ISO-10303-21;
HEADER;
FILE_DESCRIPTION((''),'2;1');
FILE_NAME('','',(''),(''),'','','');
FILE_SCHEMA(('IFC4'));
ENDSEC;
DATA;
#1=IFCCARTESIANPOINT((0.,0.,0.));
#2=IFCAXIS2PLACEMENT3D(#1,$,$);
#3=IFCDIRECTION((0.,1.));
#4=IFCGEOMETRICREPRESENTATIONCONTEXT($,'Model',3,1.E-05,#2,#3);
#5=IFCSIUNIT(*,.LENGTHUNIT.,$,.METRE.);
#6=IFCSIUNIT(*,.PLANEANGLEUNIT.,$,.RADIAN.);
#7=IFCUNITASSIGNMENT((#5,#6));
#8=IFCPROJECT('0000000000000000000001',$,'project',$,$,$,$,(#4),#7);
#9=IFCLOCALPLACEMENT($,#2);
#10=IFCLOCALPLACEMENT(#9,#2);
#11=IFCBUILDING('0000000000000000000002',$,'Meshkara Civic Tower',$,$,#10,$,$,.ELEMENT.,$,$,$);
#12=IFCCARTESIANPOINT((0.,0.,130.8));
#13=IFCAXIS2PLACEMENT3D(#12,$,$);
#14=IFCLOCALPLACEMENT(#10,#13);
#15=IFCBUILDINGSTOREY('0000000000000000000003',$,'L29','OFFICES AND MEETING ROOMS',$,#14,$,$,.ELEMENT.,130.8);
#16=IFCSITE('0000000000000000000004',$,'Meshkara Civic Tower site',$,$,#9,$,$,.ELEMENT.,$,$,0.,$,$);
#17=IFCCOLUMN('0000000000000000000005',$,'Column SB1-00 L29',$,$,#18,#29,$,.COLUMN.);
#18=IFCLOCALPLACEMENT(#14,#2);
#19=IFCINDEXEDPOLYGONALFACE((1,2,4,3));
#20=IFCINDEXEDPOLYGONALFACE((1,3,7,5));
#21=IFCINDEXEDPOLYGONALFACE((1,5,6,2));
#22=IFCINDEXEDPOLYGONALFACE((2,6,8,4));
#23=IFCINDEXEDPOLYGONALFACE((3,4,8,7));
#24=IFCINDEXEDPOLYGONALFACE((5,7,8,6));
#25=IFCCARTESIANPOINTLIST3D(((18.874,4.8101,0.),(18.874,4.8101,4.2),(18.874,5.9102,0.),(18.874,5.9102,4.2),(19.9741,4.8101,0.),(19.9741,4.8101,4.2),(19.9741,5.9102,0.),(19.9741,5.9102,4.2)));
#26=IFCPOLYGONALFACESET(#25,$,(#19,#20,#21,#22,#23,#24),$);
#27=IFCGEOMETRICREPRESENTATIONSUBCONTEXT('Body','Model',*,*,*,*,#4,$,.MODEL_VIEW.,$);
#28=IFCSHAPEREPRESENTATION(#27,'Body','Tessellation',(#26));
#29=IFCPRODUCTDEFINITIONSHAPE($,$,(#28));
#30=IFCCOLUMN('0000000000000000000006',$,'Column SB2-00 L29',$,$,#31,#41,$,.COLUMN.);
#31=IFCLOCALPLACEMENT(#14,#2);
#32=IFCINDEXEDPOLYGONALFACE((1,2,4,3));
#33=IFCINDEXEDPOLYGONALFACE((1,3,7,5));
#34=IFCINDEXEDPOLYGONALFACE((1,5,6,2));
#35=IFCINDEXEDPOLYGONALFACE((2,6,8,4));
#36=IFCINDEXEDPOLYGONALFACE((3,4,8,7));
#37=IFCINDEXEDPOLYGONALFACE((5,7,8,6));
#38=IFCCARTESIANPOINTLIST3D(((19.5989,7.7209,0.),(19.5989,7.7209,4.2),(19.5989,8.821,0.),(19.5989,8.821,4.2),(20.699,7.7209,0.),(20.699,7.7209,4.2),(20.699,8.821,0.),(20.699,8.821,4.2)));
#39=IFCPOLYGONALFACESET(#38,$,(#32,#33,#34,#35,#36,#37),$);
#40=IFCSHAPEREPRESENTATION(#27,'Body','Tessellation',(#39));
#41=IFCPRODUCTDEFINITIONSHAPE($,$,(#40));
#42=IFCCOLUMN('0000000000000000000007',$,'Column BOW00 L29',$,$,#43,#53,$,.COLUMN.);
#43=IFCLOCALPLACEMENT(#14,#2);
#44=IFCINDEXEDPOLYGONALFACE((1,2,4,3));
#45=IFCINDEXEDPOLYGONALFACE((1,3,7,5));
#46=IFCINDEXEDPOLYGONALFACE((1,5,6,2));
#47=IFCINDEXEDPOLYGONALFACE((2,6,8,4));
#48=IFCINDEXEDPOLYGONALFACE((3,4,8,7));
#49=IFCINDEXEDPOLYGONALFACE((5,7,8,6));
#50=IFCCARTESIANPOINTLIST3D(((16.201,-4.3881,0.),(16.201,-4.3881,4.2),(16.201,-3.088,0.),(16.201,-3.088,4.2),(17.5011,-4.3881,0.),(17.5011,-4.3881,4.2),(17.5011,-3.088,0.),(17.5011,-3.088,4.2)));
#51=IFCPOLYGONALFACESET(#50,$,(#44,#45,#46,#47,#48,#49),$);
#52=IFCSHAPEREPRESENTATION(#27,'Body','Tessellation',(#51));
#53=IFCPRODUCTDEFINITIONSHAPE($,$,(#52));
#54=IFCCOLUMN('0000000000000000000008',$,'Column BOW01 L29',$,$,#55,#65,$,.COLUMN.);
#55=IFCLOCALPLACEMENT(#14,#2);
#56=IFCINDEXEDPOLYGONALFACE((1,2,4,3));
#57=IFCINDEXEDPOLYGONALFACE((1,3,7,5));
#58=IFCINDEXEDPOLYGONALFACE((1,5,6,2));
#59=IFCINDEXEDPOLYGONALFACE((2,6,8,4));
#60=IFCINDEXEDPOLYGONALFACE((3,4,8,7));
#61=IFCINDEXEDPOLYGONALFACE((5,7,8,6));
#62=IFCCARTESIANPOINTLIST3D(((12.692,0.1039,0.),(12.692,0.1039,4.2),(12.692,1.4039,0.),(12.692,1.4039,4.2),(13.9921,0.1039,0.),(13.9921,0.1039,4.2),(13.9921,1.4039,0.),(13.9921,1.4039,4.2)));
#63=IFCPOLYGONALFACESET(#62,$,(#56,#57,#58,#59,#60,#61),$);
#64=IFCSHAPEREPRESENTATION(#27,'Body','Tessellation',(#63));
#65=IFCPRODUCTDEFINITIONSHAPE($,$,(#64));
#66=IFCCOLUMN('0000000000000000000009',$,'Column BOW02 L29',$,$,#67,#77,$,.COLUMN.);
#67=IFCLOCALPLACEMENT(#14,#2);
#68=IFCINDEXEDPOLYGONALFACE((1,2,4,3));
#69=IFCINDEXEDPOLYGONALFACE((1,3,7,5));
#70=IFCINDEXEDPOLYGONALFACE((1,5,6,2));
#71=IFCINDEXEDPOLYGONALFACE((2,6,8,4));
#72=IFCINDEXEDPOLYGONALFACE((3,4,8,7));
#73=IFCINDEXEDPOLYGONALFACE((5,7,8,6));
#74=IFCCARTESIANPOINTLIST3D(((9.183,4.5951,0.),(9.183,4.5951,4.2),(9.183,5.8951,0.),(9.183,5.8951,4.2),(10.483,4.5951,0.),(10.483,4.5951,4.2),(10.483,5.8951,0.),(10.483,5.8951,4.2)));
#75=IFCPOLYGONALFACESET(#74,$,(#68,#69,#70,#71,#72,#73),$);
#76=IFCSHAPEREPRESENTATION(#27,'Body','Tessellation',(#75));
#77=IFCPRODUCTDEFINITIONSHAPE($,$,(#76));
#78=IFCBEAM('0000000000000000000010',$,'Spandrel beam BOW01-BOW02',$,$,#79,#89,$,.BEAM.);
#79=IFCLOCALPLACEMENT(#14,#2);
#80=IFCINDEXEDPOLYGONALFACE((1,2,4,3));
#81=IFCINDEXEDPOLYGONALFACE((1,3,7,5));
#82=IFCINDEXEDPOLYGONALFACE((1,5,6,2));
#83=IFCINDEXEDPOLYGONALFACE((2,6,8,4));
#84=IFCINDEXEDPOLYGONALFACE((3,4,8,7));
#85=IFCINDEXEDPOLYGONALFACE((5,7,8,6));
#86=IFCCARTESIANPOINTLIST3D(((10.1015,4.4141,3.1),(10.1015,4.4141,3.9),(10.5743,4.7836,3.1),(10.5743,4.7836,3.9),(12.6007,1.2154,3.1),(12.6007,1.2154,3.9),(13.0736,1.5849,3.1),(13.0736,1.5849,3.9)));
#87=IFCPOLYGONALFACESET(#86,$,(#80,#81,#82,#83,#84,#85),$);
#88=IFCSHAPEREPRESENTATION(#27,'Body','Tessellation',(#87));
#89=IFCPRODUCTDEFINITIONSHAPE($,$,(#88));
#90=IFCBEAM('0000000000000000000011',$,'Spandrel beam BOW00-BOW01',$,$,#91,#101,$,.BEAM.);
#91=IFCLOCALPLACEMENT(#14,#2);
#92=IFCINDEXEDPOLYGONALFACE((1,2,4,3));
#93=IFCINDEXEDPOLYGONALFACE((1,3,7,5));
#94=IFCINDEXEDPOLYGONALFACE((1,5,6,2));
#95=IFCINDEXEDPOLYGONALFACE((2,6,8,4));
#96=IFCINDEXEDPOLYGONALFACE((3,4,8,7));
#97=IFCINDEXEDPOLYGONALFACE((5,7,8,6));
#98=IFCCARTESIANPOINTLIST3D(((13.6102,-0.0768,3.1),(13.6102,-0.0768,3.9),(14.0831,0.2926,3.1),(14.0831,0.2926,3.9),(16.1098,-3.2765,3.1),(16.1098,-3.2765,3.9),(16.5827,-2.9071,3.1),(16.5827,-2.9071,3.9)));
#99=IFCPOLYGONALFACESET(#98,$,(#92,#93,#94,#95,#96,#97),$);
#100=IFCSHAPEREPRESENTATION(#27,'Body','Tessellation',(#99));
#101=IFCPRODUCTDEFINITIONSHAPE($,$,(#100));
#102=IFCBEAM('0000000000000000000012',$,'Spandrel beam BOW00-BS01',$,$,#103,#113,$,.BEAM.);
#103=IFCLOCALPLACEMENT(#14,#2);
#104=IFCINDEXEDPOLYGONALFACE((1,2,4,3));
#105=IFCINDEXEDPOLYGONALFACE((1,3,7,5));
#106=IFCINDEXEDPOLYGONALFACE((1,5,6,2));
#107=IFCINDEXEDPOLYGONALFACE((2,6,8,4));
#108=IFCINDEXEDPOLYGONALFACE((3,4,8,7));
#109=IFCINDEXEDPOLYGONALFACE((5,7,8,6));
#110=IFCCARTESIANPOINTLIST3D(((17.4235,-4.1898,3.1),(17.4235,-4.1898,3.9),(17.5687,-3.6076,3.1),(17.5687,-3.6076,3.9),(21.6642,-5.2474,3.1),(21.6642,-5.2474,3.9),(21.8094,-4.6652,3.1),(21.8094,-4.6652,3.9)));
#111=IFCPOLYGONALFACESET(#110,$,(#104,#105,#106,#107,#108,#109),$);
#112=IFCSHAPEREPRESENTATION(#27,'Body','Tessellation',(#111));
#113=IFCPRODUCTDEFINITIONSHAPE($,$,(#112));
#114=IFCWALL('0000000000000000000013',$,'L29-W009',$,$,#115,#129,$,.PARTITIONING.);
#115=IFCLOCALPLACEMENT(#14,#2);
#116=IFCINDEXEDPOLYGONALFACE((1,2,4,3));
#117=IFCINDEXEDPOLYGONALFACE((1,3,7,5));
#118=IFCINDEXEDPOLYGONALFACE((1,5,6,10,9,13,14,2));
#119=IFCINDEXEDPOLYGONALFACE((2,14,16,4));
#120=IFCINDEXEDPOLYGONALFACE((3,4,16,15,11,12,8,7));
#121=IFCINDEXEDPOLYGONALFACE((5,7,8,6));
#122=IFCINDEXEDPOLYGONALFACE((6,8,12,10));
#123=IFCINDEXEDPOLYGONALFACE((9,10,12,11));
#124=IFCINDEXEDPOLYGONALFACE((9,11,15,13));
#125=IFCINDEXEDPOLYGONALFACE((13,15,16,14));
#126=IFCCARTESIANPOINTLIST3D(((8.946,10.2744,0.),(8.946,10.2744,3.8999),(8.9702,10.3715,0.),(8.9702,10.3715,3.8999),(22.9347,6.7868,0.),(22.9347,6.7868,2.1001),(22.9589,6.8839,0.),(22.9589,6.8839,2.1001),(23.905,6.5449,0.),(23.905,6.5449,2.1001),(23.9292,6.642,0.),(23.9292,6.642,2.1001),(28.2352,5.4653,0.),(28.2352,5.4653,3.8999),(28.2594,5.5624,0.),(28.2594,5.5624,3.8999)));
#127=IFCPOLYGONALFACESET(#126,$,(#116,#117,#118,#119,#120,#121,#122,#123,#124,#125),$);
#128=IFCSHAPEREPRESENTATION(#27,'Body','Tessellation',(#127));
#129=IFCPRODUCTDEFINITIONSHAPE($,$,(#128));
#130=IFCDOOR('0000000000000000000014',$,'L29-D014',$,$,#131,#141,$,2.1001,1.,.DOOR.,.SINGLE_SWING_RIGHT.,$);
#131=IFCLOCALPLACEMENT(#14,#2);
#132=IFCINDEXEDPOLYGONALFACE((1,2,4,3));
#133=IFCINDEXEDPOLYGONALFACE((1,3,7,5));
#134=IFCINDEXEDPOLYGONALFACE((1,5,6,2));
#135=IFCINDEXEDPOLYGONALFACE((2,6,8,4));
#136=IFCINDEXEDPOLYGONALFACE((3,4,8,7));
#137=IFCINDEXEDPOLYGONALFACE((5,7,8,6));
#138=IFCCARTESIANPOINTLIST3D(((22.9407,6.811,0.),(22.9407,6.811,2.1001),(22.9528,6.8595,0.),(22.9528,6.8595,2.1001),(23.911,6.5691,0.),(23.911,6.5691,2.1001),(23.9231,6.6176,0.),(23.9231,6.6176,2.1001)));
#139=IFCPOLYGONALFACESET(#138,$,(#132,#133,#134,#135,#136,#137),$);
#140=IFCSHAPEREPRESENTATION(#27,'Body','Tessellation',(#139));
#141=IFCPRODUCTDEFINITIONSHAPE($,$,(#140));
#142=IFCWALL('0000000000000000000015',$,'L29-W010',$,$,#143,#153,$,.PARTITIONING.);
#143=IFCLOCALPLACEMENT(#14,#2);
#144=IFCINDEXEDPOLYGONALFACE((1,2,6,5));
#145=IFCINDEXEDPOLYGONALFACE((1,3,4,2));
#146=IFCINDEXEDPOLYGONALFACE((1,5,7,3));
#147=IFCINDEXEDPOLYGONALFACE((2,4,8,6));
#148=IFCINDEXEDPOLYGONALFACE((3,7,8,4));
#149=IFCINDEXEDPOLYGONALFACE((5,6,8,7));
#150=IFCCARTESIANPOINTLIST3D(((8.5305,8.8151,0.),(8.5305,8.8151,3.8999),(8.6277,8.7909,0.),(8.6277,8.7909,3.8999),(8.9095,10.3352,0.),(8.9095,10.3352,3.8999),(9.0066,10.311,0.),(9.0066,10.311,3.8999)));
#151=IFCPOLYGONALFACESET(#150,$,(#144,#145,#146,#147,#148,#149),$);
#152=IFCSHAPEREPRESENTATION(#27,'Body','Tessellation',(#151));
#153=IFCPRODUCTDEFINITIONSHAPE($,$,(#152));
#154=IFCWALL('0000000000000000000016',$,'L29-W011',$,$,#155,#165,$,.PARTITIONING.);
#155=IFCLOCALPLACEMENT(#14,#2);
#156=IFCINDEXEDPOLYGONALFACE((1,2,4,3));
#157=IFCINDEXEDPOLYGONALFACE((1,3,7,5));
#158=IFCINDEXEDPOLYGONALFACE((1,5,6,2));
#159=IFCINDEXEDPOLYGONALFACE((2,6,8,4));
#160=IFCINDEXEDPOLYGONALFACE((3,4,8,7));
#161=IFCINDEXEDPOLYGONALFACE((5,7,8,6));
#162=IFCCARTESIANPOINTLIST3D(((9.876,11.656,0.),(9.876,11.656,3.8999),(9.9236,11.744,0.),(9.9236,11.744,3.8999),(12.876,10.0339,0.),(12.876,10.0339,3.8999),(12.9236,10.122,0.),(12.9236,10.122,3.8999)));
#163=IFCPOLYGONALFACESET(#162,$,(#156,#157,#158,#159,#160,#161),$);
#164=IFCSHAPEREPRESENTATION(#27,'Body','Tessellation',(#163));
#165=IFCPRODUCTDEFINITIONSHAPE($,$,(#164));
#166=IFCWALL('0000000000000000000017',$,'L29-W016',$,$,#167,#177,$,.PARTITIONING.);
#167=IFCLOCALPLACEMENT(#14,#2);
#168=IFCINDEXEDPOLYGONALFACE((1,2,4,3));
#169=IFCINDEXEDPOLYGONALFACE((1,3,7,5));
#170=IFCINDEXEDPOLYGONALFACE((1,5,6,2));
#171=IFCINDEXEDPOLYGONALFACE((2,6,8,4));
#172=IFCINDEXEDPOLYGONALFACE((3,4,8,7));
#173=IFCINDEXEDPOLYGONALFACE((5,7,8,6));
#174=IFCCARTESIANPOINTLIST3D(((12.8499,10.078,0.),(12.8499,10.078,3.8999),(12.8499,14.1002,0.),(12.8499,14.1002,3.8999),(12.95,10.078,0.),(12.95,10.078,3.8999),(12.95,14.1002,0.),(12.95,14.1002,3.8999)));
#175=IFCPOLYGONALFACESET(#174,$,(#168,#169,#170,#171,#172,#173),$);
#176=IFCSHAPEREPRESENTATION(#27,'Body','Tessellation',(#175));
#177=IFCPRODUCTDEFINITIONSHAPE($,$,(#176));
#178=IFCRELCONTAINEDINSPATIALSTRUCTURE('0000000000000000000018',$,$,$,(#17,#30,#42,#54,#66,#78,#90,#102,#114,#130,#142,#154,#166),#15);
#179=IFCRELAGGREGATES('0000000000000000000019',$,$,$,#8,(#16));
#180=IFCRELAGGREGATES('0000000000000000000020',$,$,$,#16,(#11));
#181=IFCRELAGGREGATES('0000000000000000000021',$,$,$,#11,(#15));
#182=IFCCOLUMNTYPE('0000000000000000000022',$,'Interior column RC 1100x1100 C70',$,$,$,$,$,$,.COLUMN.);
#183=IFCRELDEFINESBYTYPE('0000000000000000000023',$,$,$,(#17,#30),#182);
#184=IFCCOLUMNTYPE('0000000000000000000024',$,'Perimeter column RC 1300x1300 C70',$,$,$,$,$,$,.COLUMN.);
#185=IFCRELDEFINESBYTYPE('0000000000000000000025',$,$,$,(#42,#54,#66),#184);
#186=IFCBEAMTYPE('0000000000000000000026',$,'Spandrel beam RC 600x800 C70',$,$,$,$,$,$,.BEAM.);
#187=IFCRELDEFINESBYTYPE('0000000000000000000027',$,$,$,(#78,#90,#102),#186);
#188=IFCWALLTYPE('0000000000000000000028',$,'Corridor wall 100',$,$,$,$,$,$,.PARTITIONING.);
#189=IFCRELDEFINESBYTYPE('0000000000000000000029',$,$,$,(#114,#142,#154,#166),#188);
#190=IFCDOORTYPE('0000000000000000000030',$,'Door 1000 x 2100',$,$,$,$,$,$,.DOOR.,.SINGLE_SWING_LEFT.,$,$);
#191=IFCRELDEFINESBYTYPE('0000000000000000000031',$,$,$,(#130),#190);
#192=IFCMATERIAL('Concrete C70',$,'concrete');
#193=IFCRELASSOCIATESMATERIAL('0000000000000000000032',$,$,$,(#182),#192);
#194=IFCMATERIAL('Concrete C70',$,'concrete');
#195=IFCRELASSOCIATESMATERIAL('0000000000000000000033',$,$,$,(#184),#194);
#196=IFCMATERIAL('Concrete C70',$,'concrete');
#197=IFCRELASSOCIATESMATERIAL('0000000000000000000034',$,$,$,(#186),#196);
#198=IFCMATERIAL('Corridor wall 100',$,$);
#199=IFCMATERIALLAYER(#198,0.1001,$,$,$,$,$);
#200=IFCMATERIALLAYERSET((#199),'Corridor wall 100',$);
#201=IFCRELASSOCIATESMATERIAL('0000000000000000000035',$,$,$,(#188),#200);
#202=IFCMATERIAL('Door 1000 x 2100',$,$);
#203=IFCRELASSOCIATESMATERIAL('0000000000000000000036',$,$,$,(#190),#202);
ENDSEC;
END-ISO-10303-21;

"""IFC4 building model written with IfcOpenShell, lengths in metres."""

from ifc_helpers import new_model, si_unit, direction, frame, frame_2d, origin, origin_2d, place, context, subcontext, project, spatial, rectangle, extrude, material, layer, layer_set, material_profile, profile_set, type_object, element, fill, save


model = new_model("IFC4")

# Units and contexts
model_context = context("Model", 3, precision=1e-05, world=origin(), true_north=direction((0.0, 1.0)))
body_context = subcontext(model_context, "Body", "Model", "MODEL_VIEW")
ifc_project = project(units=[si_unit("LENGTHUNIT", "METRE"), si_unit("PLANEANGLEUNIT", "RADIAN")], contexts=[model_context])

# Site, building, storey
site_placement = place(None, origin())
site = spatial("IfcSite", under=ifc_project, at=site_placement, Name="Meshkara Civic Tower site", CompositionType="ELEMENT", RefElevation=0.0)
building_placement = place(site_placement, origin())
building = spatial("IfcBuilding", under=site, at=building_placement, Name="Meshkara Civic Tower", CompositionType="ELEMENT")
storey_placement = place(building_placement, frame((0.0, 0.0, 130.8)))
storey = spatial("IfcBuildingStorey", under=building, at=storey_placement, Name="L29", Description="OFFICES AND MEETING ROOMS", CompositionType="ELEMENT", Elevation=130.8)

# Columns
ifc_material_1 = material(Name="Concrete C70", Category="concrete")
ifc_material_profile_1 = material_profile(ifc_material_1, rectangle(XDim=1.1001, YDim=1.1001, at=origin_2d()))
ifc_profile_set_1 = profile_set([ifc_material_profile_1], Name="Concrete C70")
column_type_1 = type_object("IfcColumnType", Name="Interior column RC 1100x1100 C70", PredefinedType="COLUMN", material=ifc_profile_set_1)
for number, where, z_axis, x_axis, name in (
    (1, (19.4241, 5.3601, 0.0), (0.0, 0.0, 1.0), (1.0, 0.0, 0.0), "Column SB1-00 L29"),
    (2, (20.1489, 8.271, 0.0), (0.0, 0.0, 1.0), (1.0, 0.0, 0.0), "Column SB2-00 L29"),
):
    element("IfcColumn", number, at=place(storey_placement, frame(where, z_axis=z_axis, x_axis=x_axis)), inside=storey, type_object=column_type_1, Name=name, PredefinedType="COLUMN", context=body_context, shape_type="SweptSolid", body=[
        extrude(rectangle(XDim=1.1001, YDim=1.1001, at=origin_2d()), origin(), (0.0, 0.0, 1.0), 4.2),
    ])
ifc_material_2 = material(Name="Concrete C70", Category="concrete")
ifc_material_profile_2 = material_profile(ifc_material_2, rectangle(XDim=1.3, YDim=1.3, at=origin_2d()))
ifc_profile_set_2 = profile_set([ifc_material_profile_2], Name="Concrete C70")
column_type_2 = type_object("IfcColumnType", Name="Perimeter column RC 1300x1300 C70", PredefinedType="COLUMN", material=ifc_profile_set_2)
for number, where, z_axis, x_axis, name in (
    (3, (16.8511, -3.738, 0.0), (0.0, 0.0, 1.0), (1.0, 0.0, 0.0), "Column BOW00 L29"),
    (4, (13.342, 0.7539, 0.0), (0.0, 0.0, 1.0), (1.0, 0.0, 0.0), "Column BOW01 L29"),
    (5, (9.833, 5.2451, 0.0), (0.0, 0.0, 1.0), (1.0, 0.0, 0.0), "Column BOW02 L29"),
):
    element("IfcColumn", number, at=place(storey_placement, frame(where, z_axis=z_axis, x_axis=x_axis)), inside=storey, type_object=column_type_2, Name=name, PredefinedType="COLUMN", context=body_context, shape_type="SweptSolid", body=[
        extrude(rectangle(XDim=1.3, YDim=1.3, at=origin_2d()), origin(), (0.0, 0.0, 1.0), 4.2),
    ])

# Beams
ifc_material_3 = material(Name="Concrete C70", Category="concrete")
ifc_material_profile_3 = material_profile(ifc_material_3, rectangle(XDim=0.6001, YDim=0.8, at=origin_2d()))
ifc_profile_set_3 = profile_set([ifc_material_profile_3], Name="Concrete C70")
beam_type = type_object("IfcBeamType", Name="Spandrel beam RC 600x800 C70", PredefinedType="BEAM", material=ifc_profile_set_3)
beam_1_placement = place(storey_placement, frame((10.3379, 4.5989, 3.5), z_axis=(0.615684, -0.787993, 0.0), x_axis=(0.787993, 0.615684, 0.0)))
element("IfcBeam", 6, at=beam_1_placement, inside=storey, type_object=beam_type, Name="Spandrel beam BOW01-BOW02", PredefinedType="BEAM", context=body_context, shape_type="SweptSolid", body=[
    extrude(rectangle(XDim=0.6001, YDim=0.8, at=origin_2d()), origin(), (0.0, 0.0, 1.0), 4.0593),
])
beam_2_placement = place(storey_placement, frame((13.8467, 0.1079, 3.5), z_axis=(0.615604, -0.788055, 0.0), x_axis=(0.788055, 0.615604, 0.0)))
element("IfcBeam", 7, at=beam_2_placement, inside=storey, type_object=beam_type, Name="Spandrel beam BOW00-BOW01", PredefinedType="BEAM", context=body_context, shape_type="SweptSolid", body=[
    extrude(rectangle(XDim=0.6001, YDim=0.8, at=origin_2d()), origin(), (0.0, 0.0, 1.0), 4.0603),
])
beam_3_placement = place(storey_placement, frame((17.4961, -3.8987, 3.5), z_axis=(0.97028, -0.241984, 0.0), x_axis=(0.241984, 0.97028, 0.0)))
element("IfcBeam", 8, at=beam_3_placement, inside=storey, type_object=beam_type, Name="Spandrel beam BOW00-BS01", PredefinedType="BEAM", context=body_context, shape_type="SweptSolid", body=[
    extrude(rectangle(XDim=0.6001, YDim=0.8, at=origin_2d()), origin(), (0.0, 0.0, 1.0), 4.3706),
])

# Wall, opening, door
ifc_material_4 = material(Name="Corridor wall 100")
ifc_layer_1 = layer(ifc_material_4, 0.1001)
ifc_layer_set_1 = layer_set([ifc_layer_1], Name="Corridor wall 100")
wall_type_1 = type_object("IfcWallType", Name="Corridor wall 100", PredefinedType="PARTITIONING", material=ifc_layer_set_1)
wall_1_placement = place(storey_placement, frame((8.958, 10.323, 0.0), z_axis=(0.0, 0.0, 1.0), x_axis=(0.970298, -0.241911, 0.0)))
wall_1 = element("IfcWall", 9, at=wall_1_placement, inside=storey, type_object=wall_type_1, Name="L29-W009", PredefinedType="PARTITIONING", context=body_context, shape_type="SweptSolid", body=[
    extrude(rectangle(XDim=19.8796, YDim=0.1001, at=frame_2d((9.9399, 0.0))), origin(), (0.0, 0.0, 1.0), 3.8999),
])
opening_1_placement = place(wall_1_placement, frame((14.417, 0.0, 0.0)))
opening_1 = element("IfcOpeningElement", 10, at=opening_1_placement, cuts=wall_1, PredefinedType="OPENING", context=body_context, shape_type="SweptSolid", body=[
    extrude(rectangle(XDim=1.0, YDim=2.1001, at=frame_2d((0.5, 1.05))), frame((0.0, 0.0601, 0.0), z_axis=(0.0, -1.0, 0.0), x_axis=(1.0, 0.0, 0.0)), (0.0, 0.0, 1.0), 0.1201),
])
ifc_material_5 = material(Name="Door 1000 x 2100")
door_type = type_object("IfcDoorType", Name="Door 1000 x 2100", OperationType="SINGLE_SWING_LEFT", PredefinedType="DOOR", material=ifc_material_5)
door_placement = place(opening_1_placement, origin())
door = element("IfcDoor", 11, at=door_placement, inside=storey, type_object=door_type, Name="L29-D014", OperationType="SINGLE_SWING_RIGHT", OverallHeight=2.1001, OverallWidth=1.0, PredefinedType="DOOR", context=body_context, shape_type="SweptSolid", body=[
    extrude(rectangle(XDim=1.0, YDim=2.1001, at=frame_2d((0.5, 1.05))), frame((0.0, 0.0249, 0.0), z_axis=(0.0, -1.0, 0.0), x_axis=(1.0, 0.0, 0.0)), (0.0, 0.0, 1.0), 0.05),
])
fill(opening_1, door)

# Walls
wall_2_placement = place(storey_placement, frame((8.958, 10.323, 0.0), z_axis=(0.0, 0.0, 1.0), x_axis=(-0.241876, -0.970307, 0.0)))
element("IfcWall", 12, at=wall_2_placement, inside=storey, type_object=wall_type_1, Name="L29-W010", PredefinedType="PARTITIONING", context=body_context, shape_type="SweptSolid", body=[
    extrude(rectangle(XDim=1.5667, YDim=0.1001, at=frame_2d((0.7832, 0.0))), origin(), (0.0, 0.0, 1.0), 3.8999),
])
wall_3_placement = place(storey_placement, frame((9.8999, 11.7, 0.0), z_axis=(0.0, 0.0, 1.0), x_axis=(0.879651, -0.475619, 0.0)))
element("IfcWall", 13, at=wall_3_placement, inside=storey, type_object=wall_type_1, Name="L29-W011", PredefinedType="PARTITIONING", context=body_context, shape_type="SweptSolid", body=[
    extrude(rectangle(XDim=3.4104, YDim=0.1001, at=frame_2d((1.7051, 0.0))), origin(), (0.0, 0.0, 1.0), 3.8999),
])
wall_4_placement = place(storey_placement, frame((12.8999, 10.0779, 0.0), z_axis=(0.0, 0.0, 1.0), x_axis=(0.0, 1.0, 0.0)))
element("IfcWall", 14, at=wall_4_placement, inside=storey, type_object=wall_type_1, Name="L29-W016", PredefinedType="PARTITIONING", context=body_context, shape_type="SweptSolid", body=[
    extrude(rectangle(XDim=4.0222, YDim=0.1001, at=frame_2d((2.0112, 0.0))), origin(), (0.0, 0.0, 1.0), 3.8999),
])

save(model, "model.ifc")
